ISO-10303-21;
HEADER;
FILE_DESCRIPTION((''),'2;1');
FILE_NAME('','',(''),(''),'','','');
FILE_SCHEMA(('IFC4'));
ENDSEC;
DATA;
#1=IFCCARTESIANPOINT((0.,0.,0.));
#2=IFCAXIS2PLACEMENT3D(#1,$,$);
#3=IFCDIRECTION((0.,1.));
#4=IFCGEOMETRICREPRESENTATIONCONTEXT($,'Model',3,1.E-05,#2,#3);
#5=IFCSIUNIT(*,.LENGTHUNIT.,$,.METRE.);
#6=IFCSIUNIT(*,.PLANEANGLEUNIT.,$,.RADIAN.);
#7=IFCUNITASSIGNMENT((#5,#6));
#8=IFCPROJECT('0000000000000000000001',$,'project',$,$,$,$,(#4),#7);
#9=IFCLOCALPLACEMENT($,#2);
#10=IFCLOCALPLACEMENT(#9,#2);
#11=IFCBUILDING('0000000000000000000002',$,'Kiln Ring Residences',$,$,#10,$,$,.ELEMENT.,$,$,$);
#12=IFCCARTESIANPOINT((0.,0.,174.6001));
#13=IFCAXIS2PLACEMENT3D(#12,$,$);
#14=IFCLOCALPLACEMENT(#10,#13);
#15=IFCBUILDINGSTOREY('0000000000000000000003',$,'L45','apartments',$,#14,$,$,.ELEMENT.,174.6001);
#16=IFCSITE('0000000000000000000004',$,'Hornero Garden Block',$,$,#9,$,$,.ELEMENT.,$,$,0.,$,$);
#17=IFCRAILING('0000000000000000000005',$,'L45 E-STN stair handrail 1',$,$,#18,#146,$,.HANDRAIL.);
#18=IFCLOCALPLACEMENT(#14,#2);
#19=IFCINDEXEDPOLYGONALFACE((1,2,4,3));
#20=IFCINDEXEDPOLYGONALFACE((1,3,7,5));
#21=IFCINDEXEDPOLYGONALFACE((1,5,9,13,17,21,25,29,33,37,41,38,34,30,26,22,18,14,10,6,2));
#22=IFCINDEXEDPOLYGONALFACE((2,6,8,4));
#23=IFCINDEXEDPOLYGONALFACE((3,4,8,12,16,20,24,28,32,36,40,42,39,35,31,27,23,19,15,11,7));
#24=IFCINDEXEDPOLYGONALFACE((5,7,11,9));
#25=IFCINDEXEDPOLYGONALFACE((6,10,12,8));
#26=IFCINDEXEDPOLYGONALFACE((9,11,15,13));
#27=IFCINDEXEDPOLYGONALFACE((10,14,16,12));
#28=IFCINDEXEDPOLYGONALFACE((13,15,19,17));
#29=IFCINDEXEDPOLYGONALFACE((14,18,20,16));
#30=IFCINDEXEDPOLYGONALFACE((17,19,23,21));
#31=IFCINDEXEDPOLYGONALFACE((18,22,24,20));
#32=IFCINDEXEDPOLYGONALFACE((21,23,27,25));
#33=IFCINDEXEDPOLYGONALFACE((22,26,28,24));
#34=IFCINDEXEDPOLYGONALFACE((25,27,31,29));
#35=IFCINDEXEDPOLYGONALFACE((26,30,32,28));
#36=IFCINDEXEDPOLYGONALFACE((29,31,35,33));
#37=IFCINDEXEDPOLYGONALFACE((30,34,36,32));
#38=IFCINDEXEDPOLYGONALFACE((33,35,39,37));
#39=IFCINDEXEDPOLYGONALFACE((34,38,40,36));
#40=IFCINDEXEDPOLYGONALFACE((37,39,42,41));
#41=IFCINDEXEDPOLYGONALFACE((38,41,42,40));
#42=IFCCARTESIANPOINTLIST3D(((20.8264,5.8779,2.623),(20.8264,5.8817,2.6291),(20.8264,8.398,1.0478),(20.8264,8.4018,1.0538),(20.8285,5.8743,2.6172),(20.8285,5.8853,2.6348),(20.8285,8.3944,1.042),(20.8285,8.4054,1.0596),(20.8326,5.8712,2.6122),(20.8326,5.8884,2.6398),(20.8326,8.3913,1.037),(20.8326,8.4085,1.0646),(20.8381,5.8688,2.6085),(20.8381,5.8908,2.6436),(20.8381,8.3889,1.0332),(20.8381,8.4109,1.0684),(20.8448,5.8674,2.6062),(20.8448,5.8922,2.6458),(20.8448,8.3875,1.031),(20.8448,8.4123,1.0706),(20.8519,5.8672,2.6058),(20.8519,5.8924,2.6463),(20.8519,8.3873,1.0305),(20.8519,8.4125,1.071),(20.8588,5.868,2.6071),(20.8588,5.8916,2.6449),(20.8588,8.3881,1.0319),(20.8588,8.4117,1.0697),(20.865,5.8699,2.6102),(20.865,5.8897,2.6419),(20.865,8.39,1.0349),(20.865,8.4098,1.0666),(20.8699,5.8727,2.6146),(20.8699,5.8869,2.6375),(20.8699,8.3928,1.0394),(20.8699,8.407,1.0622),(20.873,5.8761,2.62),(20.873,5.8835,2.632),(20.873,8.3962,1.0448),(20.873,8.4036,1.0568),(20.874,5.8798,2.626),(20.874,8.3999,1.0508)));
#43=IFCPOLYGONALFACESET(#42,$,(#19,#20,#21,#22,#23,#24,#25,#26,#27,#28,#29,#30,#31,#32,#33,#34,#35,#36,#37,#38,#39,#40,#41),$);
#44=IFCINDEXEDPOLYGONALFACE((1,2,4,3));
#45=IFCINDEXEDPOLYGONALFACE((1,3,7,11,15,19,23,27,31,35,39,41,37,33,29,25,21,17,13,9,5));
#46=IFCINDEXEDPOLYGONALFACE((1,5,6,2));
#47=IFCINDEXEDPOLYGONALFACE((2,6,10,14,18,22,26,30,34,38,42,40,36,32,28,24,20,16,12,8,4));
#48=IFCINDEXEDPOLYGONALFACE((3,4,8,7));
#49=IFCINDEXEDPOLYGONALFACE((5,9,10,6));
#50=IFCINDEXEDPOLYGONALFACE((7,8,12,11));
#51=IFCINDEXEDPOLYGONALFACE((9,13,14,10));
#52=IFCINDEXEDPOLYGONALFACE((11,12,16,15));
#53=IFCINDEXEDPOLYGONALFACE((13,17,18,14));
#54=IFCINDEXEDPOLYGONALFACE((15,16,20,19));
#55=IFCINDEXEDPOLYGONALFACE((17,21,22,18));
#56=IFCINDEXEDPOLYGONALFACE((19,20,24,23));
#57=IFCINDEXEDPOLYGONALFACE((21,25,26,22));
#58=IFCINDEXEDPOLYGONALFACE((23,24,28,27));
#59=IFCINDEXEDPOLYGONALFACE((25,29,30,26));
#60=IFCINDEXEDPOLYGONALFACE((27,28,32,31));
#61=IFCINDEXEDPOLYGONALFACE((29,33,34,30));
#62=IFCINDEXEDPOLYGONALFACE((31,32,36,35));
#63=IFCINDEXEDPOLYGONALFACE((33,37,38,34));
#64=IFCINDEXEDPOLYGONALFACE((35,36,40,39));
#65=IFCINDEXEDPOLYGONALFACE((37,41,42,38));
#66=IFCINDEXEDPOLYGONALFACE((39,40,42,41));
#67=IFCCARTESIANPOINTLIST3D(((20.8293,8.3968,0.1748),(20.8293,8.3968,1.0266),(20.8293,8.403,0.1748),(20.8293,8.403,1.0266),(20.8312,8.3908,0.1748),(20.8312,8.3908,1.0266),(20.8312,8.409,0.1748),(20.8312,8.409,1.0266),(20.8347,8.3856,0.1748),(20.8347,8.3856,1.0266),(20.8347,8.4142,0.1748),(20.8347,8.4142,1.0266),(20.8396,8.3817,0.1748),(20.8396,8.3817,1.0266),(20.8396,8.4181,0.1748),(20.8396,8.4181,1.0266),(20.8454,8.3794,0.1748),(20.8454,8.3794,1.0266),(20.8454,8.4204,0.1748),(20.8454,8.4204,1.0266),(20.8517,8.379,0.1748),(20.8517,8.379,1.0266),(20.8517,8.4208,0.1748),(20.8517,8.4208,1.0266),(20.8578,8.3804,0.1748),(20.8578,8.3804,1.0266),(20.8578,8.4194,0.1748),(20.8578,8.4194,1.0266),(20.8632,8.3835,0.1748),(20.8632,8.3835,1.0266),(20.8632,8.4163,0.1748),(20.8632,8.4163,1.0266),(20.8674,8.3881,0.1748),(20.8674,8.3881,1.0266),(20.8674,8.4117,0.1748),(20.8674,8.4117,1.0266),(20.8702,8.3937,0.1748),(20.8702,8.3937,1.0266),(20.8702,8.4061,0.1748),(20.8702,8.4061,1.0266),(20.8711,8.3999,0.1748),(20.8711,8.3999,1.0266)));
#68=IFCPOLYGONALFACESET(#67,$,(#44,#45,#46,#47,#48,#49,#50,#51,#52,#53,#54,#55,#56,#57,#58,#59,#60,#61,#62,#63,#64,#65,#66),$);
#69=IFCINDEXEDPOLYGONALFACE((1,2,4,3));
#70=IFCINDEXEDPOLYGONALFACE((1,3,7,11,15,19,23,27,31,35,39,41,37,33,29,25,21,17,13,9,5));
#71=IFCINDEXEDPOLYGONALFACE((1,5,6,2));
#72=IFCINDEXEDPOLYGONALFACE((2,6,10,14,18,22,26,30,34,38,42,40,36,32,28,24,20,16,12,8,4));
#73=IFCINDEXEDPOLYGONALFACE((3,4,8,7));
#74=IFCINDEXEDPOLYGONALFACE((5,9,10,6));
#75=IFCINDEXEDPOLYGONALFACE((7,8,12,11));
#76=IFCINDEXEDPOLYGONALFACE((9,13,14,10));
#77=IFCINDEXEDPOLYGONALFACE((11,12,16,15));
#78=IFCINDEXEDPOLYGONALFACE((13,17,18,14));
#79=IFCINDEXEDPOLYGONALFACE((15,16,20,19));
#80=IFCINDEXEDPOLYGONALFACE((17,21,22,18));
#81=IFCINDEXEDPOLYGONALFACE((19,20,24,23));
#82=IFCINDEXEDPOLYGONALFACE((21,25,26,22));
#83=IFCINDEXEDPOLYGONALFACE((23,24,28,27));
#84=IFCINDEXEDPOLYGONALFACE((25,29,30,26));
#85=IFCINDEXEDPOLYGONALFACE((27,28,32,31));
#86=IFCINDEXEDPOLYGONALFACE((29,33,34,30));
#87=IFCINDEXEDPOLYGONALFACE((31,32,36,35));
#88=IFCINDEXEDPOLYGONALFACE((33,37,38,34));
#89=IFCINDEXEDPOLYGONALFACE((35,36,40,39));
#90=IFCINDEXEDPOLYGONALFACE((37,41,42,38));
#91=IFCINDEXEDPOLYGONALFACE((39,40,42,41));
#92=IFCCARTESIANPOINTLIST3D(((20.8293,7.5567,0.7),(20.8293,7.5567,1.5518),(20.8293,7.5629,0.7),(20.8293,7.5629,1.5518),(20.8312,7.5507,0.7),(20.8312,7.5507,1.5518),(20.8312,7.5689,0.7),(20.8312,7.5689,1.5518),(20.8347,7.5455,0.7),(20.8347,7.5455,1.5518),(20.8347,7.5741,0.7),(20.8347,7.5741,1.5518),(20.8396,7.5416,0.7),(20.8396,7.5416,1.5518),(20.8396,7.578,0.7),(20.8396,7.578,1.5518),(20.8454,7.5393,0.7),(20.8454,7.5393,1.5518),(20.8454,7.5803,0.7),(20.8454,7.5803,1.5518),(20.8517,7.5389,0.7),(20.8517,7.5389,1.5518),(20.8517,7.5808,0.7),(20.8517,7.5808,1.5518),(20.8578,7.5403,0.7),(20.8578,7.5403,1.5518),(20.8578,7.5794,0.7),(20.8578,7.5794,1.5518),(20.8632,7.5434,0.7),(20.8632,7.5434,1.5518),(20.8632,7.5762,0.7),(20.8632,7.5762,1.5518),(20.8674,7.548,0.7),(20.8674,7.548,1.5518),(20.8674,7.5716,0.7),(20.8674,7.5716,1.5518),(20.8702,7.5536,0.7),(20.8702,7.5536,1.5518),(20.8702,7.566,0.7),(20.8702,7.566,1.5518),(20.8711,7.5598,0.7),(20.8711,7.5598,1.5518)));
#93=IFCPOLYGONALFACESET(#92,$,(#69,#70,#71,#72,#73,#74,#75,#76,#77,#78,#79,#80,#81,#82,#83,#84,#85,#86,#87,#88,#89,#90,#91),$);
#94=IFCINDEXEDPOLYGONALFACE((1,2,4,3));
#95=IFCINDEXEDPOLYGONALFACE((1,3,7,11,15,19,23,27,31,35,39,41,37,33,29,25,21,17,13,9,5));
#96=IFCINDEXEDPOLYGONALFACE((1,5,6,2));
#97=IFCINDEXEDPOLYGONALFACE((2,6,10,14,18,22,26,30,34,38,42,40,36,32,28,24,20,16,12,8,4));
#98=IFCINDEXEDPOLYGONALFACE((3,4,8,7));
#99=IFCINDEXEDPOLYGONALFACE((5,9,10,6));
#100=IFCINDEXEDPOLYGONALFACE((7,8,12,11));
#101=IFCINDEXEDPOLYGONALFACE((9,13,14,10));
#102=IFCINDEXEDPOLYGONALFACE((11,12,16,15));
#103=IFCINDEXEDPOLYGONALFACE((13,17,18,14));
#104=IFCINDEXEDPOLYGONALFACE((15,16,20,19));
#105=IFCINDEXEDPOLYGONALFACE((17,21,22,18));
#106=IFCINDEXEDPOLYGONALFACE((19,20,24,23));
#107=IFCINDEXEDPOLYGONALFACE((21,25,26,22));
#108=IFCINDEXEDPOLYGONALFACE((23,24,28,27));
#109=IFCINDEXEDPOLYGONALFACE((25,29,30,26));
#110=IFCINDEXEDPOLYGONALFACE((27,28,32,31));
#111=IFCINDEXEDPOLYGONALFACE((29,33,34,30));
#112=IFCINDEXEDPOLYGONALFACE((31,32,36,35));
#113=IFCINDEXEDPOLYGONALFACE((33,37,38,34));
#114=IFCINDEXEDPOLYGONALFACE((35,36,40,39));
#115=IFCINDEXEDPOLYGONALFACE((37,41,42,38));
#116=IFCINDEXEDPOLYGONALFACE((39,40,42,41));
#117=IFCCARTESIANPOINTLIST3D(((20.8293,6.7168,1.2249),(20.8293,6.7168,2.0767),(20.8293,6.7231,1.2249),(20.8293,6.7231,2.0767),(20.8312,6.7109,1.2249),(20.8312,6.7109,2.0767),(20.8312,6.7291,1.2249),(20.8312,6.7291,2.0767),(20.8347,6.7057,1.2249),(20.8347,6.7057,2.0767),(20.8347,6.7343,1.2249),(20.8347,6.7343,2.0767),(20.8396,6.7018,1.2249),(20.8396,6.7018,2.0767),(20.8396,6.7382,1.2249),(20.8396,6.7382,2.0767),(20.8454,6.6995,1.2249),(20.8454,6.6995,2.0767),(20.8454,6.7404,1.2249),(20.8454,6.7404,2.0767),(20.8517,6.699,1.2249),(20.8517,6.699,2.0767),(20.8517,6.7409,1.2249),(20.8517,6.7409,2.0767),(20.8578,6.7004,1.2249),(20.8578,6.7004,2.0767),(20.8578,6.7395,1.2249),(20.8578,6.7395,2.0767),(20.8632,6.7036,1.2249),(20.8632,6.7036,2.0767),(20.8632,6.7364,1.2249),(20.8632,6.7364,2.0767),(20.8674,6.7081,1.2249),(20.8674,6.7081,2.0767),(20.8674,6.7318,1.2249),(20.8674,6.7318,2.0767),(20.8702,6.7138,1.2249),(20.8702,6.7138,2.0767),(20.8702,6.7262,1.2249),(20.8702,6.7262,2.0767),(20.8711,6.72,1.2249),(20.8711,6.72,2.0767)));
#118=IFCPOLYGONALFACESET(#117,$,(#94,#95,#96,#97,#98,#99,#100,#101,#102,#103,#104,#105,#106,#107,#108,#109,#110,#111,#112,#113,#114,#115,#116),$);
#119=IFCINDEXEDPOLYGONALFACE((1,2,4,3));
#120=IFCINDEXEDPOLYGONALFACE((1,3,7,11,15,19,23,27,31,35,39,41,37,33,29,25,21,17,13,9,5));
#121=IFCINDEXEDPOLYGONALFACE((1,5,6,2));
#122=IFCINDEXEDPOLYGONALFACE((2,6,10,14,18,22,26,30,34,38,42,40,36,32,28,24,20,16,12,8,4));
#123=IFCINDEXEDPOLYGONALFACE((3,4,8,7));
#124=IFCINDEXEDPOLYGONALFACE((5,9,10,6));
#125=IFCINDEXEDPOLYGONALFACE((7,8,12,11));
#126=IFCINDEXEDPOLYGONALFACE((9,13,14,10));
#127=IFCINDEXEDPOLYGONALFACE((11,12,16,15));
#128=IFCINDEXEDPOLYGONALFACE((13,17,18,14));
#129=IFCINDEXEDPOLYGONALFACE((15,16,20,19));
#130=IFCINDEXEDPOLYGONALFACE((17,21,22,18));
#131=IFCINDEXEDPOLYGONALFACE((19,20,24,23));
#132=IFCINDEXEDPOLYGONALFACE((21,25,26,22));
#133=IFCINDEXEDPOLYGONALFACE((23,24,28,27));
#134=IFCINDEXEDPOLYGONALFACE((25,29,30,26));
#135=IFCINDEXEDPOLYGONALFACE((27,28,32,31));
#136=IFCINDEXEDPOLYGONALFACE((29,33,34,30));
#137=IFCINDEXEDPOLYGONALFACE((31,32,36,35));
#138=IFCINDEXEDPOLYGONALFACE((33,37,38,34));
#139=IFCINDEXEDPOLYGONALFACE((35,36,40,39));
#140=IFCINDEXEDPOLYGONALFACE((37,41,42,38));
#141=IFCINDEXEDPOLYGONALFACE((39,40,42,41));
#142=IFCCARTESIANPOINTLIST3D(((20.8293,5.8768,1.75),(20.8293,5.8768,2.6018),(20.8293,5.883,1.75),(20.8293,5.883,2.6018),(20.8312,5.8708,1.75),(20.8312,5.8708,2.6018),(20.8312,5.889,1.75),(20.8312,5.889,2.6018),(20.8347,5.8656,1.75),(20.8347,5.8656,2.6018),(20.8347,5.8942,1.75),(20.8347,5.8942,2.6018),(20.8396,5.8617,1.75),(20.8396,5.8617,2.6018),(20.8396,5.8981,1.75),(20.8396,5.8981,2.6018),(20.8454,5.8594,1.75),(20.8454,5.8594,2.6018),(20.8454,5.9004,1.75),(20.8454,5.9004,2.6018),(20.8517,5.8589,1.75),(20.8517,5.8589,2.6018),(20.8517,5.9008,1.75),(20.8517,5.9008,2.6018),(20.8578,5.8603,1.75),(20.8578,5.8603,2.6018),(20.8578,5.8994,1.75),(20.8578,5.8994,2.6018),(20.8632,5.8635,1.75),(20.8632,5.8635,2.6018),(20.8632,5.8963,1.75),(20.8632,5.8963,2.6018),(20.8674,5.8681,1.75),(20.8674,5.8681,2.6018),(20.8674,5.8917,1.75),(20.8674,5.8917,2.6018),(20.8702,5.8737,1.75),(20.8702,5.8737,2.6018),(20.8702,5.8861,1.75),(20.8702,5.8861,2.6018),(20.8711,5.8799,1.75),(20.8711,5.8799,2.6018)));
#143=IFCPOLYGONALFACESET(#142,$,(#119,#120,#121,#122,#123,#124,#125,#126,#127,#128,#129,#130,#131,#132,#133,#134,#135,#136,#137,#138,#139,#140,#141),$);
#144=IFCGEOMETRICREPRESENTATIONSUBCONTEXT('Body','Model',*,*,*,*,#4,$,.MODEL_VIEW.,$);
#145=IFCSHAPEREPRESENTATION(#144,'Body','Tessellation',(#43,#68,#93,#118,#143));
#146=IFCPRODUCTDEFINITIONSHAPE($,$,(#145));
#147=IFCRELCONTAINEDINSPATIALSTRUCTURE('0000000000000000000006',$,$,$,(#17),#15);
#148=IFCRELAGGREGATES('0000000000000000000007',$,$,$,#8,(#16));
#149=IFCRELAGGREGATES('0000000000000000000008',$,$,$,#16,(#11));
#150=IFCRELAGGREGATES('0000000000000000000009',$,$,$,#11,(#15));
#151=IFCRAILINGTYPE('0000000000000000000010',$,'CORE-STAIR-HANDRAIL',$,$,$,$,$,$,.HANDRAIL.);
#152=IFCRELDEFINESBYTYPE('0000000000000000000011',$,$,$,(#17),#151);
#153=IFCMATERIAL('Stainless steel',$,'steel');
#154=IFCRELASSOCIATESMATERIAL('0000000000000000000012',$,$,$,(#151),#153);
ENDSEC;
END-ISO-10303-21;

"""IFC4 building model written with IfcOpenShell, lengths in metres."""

from ifc_helpers import new_model, si_unit, direction, frame, origin, origin_2d, place, context, subcontext, project, spatial, circle, extrude, material, type_object, element, save


model = new_model("IFC4")

# Units and contexts
model_context = context("Model", 3, precision=1e-05, world=origin(), true_north=direction((0.0, 1.0)))
body_context = subcontext(model_context, "Body", "Model", "MODEL_VIEW")
ifc_project = project(units=[si_unit("LENGTHUNIT", "METRE"), si_unit("PLANEANGLEUNIT", "RADIAN")], contexts=[model_context])

# Site, building, storey
site_placement = place(None, origin())
site = spatial("IfcSite", under=ifc_project, at=site_placement, Name="Hornero Garden Block", CompositionType="ELEMENT", RefElevation=0.0)
building_placement = place(site_placement, origin())
building = spatial("IfcBuilding", under=site, at=building_placement, Name="Kiln Ring Residences", CompositionType="ELEMENT")
storey_placement = place(building_placement, frame((0.0, 0.0, 174.6001)))
storey = spatial("IfcBuildingStorey", under=building, at=storey_placement, Name="L45", Description="apartments", CompositionType="ELEMENT", Elevation=174.6001)

# Railing
ifc_material_1 = material(Name="Stainless steel", Category="steel")
railing_type_1 = type_object("IfcRailingType", Name="CORE-STAIR-HANDRAIL", PredefinedType="HANDRAIL", material=ifc_material_1)
railing_1_placement = place(storey_placement, frame((20.8501, 8.3999, 0.1748)))
element("IfcRailing", 1, at=railing_1_placement, inside=storey, type_object=railing_type_1, Name="L45 E-STN stair handrail 1", PredefinedType="HANDRAIL", context=body_context, shape_type="SweptSolid", body=[
    extrude(circle(Radius=0.0239, at=origin_2d()), frame((0.0, 0.0, 0.876), z_axis=(0.0, -0.847971, 0.530043), x_axis=(1.0, 0.0, 0.0)), (0.0, 0.0, 1.0), 2.9719),
    extrude(circle(Radius=0.021, at=origin_2d()), origin(), (0.0, 0.0, 1.0), 0.8518),
    extrude(circle(Radius=0.021, at=origin_2d()), frame((0.0, -0.8401, 0.5251)), (0.0, 0.0, 1.0), 0.8518),
    extrude(circle(Radius=0.021, at=origin_2d()), frame((0.0, -1.6799, 1.05)), (0.0, 0.0, 1.0), 0.8518),
    extrude(circle(Radius=0.021, at=origin_2d()), frame((0.0, -2.52, 1.5752)), (0.0, 0.0, 1.0), 0.8518),
])

save(model, "model.ifc")
